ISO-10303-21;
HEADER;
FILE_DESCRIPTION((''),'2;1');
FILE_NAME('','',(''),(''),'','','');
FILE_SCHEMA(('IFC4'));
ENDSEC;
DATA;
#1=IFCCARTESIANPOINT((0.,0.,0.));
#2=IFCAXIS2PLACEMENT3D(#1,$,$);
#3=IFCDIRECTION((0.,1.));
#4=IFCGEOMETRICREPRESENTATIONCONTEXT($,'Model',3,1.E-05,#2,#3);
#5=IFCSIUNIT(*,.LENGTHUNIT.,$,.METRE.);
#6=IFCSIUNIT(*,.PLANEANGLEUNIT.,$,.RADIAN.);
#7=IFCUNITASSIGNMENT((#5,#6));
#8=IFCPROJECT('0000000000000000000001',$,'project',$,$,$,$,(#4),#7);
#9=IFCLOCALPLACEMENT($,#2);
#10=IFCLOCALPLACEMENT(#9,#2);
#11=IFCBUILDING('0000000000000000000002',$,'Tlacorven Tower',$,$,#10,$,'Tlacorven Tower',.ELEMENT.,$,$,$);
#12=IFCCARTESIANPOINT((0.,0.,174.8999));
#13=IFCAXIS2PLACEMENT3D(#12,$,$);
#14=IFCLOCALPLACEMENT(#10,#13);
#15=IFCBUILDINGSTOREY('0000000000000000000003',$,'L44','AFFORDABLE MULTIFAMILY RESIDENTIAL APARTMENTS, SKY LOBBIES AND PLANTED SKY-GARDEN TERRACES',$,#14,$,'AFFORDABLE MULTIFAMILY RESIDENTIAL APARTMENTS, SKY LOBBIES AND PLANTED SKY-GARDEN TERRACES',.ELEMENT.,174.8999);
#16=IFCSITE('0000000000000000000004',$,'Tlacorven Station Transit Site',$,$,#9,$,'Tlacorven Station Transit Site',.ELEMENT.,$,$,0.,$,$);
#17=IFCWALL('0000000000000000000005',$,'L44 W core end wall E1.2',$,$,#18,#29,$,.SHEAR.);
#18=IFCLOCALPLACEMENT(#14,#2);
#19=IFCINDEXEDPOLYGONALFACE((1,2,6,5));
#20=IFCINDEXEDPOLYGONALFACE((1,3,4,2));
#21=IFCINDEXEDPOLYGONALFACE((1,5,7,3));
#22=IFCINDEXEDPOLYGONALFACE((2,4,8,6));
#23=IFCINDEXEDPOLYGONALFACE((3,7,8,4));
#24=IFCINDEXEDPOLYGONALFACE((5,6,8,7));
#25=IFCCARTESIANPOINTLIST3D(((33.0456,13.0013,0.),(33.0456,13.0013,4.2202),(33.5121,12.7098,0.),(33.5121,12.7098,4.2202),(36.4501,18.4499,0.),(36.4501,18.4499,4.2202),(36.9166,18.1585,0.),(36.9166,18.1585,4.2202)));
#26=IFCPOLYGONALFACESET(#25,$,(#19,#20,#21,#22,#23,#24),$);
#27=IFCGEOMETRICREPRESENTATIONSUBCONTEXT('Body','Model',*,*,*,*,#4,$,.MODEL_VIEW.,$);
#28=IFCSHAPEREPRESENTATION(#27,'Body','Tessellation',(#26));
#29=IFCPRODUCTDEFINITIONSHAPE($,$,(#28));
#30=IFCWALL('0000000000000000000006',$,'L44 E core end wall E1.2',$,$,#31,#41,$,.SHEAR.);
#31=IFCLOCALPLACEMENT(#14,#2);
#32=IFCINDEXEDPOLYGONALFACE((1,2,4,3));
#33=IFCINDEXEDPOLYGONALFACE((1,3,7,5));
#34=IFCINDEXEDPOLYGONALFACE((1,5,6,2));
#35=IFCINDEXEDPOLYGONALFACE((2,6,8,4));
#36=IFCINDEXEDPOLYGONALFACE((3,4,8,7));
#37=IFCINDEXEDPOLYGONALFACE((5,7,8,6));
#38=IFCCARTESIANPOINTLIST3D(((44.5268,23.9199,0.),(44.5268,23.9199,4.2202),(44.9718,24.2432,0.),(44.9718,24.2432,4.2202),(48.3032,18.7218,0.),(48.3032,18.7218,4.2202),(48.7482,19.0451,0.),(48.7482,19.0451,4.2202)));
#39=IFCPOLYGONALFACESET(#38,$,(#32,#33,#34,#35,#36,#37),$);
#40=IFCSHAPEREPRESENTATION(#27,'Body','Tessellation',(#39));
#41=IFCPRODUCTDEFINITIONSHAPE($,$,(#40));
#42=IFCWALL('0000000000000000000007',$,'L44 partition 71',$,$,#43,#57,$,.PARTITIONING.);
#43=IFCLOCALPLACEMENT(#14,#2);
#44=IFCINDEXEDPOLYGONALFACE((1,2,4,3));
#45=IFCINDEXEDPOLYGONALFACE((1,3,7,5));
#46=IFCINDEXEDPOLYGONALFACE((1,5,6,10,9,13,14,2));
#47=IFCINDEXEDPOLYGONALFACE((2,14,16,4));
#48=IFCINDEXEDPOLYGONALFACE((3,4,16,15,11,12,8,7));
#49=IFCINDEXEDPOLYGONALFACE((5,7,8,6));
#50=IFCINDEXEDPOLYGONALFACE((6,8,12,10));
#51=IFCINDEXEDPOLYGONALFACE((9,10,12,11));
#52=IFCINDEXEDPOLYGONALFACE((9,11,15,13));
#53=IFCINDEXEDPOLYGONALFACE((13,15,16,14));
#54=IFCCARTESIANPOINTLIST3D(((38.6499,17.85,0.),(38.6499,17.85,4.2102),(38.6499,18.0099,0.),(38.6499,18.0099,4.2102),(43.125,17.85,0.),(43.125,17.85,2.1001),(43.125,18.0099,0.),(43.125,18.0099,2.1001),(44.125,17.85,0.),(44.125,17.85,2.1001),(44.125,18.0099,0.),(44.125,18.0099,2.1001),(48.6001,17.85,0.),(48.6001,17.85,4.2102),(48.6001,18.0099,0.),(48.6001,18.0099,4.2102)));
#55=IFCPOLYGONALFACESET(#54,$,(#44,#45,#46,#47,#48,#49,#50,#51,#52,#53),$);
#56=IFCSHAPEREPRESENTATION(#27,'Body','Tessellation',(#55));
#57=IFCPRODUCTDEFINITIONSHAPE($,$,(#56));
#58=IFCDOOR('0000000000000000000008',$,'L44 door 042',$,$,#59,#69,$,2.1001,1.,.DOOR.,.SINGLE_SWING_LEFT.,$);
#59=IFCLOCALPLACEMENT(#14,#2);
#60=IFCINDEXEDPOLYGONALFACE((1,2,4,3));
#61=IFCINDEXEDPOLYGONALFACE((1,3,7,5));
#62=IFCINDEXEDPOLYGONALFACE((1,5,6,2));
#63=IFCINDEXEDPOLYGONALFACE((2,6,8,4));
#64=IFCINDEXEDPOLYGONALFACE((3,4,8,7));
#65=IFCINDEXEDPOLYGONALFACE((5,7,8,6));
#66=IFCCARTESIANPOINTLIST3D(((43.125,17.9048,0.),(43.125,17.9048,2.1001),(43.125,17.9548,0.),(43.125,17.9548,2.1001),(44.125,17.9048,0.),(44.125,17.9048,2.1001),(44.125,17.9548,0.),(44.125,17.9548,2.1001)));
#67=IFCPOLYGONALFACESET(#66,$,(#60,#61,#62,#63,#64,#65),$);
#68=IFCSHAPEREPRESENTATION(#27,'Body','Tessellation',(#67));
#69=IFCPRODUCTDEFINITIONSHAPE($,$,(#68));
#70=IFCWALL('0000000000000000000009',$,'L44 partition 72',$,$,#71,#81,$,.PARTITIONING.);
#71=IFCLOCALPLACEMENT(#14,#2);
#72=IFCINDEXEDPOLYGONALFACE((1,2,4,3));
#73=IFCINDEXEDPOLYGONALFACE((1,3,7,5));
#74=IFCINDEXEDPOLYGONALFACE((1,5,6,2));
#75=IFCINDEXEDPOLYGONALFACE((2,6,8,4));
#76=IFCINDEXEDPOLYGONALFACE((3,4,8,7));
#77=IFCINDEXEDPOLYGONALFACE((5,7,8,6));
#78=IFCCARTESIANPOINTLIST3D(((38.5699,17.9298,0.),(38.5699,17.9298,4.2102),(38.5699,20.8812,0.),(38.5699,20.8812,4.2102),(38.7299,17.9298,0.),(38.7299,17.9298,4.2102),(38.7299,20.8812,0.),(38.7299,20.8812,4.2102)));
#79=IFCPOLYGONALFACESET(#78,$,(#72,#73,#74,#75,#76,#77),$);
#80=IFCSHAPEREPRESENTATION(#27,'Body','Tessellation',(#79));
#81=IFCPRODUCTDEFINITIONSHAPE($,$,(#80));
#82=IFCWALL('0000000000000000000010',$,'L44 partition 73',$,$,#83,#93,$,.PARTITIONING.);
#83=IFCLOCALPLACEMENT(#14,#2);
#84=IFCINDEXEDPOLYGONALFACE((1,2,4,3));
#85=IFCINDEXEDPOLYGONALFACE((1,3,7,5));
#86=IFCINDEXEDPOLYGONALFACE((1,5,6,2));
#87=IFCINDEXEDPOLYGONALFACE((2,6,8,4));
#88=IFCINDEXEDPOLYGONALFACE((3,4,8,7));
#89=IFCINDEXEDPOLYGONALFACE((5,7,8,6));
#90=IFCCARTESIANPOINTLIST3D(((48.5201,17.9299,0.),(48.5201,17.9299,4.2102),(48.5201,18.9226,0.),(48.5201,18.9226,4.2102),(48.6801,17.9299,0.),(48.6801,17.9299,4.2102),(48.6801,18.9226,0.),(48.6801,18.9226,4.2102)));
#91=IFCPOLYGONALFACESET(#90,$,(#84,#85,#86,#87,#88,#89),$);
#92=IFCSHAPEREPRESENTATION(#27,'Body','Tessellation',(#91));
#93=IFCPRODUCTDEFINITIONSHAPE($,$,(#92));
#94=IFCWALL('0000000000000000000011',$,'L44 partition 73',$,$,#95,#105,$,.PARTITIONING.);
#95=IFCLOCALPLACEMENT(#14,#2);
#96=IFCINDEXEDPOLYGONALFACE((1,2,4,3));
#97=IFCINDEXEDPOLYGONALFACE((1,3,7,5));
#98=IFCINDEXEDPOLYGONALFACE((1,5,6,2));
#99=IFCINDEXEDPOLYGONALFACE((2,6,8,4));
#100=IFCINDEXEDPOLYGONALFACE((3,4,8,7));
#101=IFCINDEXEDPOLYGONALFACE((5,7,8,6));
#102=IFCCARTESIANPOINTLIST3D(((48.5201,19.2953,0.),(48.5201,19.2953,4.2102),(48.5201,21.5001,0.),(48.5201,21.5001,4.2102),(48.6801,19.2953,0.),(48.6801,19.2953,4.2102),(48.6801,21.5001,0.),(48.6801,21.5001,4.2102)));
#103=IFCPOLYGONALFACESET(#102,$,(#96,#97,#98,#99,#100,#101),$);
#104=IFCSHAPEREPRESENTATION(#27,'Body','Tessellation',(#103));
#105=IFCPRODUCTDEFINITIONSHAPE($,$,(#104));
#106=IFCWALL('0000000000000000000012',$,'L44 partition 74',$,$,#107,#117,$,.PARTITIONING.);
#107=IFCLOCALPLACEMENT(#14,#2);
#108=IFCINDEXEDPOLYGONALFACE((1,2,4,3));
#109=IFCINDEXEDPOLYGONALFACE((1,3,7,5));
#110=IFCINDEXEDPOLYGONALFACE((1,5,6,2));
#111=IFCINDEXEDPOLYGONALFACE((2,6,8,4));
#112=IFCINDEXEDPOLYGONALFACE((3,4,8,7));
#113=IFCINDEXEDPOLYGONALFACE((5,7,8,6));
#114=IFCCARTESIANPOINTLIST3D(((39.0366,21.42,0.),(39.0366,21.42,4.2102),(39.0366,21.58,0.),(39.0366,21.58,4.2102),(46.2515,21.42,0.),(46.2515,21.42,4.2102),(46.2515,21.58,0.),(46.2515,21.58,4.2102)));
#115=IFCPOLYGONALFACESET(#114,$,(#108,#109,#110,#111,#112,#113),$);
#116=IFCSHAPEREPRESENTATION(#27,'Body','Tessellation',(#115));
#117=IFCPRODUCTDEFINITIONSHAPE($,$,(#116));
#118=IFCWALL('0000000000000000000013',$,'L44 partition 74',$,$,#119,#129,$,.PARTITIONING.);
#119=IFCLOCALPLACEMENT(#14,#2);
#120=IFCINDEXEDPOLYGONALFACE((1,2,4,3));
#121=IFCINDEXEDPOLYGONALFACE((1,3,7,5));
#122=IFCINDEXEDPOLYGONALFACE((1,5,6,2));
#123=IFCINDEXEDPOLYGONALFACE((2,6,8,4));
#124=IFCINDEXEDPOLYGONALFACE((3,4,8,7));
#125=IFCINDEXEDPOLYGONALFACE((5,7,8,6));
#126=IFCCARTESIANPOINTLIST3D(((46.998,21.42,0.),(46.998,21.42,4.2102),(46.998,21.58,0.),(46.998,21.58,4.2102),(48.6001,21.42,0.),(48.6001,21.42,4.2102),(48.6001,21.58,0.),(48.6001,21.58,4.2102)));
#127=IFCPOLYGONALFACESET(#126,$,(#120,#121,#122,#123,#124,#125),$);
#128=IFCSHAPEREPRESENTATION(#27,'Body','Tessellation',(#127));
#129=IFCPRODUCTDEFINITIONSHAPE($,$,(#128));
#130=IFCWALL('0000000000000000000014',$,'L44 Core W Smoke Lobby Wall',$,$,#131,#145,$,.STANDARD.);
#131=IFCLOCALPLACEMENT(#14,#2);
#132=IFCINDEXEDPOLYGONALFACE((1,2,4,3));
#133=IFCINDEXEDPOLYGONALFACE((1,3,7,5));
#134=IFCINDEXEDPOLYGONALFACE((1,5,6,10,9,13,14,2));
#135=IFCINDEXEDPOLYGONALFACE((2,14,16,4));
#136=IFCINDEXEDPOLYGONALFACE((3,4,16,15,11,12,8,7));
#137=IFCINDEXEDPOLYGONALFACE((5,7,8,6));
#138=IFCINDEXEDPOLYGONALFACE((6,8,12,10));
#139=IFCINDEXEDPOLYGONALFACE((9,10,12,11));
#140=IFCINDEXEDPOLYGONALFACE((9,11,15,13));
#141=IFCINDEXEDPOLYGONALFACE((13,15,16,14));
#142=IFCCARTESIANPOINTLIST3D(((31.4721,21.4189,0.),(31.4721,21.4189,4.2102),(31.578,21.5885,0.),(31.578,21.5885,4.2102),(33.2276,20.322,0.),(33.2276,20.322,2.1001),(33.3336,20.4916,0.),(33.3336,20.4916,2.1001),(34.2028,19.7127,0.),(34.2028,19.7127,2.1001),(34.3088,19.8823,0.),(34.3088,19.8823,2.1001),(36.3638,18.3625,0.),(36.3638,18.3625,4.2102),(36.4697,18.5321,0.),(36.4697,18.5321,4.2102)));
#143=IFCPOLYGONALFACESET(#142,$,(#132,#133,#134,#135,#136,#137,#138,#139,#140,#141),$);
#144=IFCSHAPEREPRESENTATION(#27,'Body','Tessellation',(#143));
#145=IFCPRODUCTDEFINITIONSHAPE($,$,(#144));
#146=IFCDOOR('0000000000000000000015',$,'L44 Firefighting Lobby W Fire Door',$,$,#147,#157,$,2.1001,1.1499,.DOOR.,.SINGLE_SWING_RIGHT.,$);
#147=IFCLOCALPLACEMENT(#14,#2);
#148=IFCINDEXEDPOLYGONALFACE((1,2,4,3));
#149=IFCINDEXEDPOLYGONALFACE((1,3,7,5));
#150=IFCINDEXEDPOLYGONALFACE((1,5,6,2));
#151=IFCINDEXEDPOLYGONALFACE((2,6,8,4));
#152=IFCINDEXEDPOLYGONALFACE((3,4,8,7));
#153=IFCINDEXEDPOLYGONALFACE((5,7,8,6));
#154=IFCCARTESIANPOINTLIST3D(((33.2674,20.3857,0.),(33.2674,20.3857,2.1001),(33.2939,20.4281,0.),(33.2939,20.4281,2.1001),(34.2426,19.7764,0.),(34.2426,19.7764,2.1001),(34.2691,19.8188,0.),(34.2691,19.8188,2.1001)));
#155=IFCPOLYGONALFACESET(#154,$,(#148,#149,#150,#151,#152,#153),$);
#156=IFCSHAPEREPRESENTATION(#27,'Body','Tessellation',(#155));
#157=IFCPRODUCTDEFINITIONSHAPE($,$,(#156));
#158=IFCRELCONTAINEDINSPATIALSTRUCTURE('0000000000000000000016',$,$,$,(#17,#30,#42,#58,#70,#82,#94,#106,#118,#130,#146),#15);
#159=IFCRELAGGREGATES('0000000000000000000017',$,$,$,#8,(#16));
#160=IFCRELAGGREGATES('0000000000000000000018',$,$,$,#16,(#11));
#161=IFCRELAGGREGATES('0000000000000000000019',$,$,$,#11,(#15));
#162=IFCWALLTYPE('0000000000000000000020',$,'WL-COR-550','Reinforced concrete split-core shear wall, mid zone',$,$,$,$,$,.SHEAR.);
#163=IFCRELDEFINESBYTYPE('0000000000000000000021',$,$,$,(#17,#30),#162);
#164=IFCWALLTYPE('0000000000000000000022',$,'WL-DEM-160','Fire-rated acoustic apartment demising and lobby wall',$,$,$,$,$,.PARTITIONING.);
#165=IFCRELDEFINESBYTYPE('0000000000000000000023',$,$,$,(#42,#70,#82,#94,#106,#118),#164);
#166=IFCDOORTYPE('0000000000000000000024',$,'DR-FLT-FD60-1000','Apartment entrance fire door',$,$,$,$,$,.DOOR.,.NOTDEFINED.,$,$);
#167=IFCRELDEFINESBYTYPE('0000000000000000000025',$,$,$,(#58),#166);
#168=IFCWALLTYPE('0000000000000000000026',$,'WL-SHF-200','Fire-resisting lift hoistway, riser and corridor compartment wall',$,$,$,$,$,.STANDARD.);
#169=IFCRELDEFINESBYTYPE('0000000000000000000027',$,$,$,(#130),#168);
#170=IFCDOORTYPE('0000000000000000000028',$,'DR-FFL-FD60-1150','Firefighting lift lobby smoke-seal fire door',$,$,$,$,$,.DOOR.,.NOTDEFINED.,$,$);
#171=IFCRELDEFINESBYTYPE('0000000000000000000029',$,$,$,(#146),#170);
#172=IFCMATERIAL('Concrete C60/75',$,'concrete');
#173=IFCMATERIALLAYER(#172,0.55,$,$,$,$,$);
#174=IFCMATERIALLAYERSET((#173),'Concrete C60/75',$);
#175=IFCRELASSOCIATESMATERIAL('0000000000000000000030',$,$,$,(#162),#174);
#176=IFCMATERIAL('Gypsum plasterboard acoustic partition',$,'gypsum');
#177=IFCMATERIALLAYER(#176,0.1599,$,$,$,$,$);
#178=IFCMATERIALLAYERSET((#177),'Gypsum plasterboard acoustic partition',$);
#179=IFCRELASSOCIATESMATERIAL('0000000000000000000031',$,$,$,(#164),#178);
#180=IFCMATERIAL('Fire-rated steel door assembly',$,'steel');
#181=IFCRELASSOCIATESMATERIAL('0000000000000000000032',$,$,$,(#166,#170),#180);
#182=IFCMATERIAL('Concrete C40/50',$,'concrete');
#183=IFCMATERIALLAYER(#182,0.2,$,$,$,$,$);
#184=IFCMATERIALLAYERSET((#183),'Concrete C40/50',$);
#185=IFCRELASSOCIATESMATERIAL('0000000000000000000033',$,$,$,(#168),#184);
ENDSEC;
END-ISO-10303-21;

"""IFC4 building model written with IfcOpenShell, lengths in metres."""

from ifc_helpers import new_model, si_unit, direction, frame, frame_2d, origin, place, context, subcontext, project, spatial, rectangle, extrude, source, transform, mapped, material, layer, layer_set, type_object, element, fill, save


model = new_model("IFC4")

# Units and contexts
model_context = context("Model", 3, precision=1e-05, world=origin(), true_north=direction((0.0, 1.0)))
body_context = subcontext(model_context, "Body", "Model", "MODEL_VIEW")
ifc_project = project(units=[si_unit("LENGTHUNIT", "METRE"), si_unit("PLANEANGLEUNIT", "RADIAN")], contexts=[model_context])

# Site, building, storey
site_placement = place(None, origin())
site = spatial("IfcSite", under=ifc_project, at=site_placement, Name="Tlacorven Station Transit Site", LongName="Tlacorven Station Transit Site", CompositionType="ELEMENT", RefElevation=0.0)
building_placement = place(site_placement, origin())
building = spatial("IfcBuilding", under=site, at=building_placement, Name="Tlacorven Tower", LongName="Tlacorven Tower", CompositionType="ELEMENT")
storey_placement = place(building_placement, frame((0.0, 0.0, 174.8999)))
storey = spatial("IfcBuildingStorey", under=building, at=storey_placement, Name="L44", Description="AFFORDABLE MULTIFAMILY RESIDENTIAL APARTMENTS, SKY LOBBIES AND PLANTED SKY-GARDEN TERRACES", LongName="AFFORDABLE MULTIFAMILY RESIDENTIAL APARTMENTS, SKY LOBBIES AND PLANTED SKY-GARDEN TERRACES", CompositionType="ELEMENT", Elevation=174.8999)

# Walls
ifc_material_1 = material(Name="Concrete C60/75", Category="concrete")
ifc_layer_1 = layer(ifc_material_1, 0.55)
ifc_layer_set_1 = layer_set([ifc_layer_1], Name="Concrete C60/75")
wall_type_1 = type_object("IfcWallType", Name="WL-COR-550", Description="Reinforced concrete split-core shear wall, mid zone", PredefinedType="SHEAR", material=ifc_layer_set_1)
wall_1_placement = place(storey_placement, frame((36.6833, 18.3042, 0.0), z_axis=(0.0, 0.0, 1.0), x_axis=(-0.529896, -0.848062, 0.0)))
element("IfcWall", 1, at=wall_1_placement, inside=storey, type_object=wall_type_1, Name="L44 W core end wall E1.2", PredefinedType="SHEAR", context=body_context, shape_type="SweptSolid", body=[
    extrude(rectangle(XDim=6.4248, YDim=0.55, at=frame_2d((3.2124, 0.0))), origin(), (0.0, 0.0, 1.0), 4.2202),
])
wall_2_placement = place(storey_placement, frame((48.5256, 18.8835, 0.0), z_axis=(0.0, 0.0, 1.0), x_axis=(-0.587765, 0.809032, 0.0)))
element("IfcWall", 2, at=wall_2_placement, inside=storey, type_object=wall_type_1, Name="L44 E core end wall E1.2", PredefinedType="SHEAR", context=body_context, shape_type="SweptSolid", body=[
    extrude(rectangle(XDim=6.425, YDim=0.55, at=frame_2d((3.2124, 0.0))), origin(), (0.0, 0.0, 1.0), 4.2202),
])

# Wall, opening, door
ifc_material_2 = material(Name="Gypsum plasterboard acoustic partition", Category="gypsum")
ifc_layer_2 = layer(ifc_material_2, 0.1599)
ifc_layer_set_2 = layer_set([ifc_layer_2], Name="Gypsum plasterboard acoustic partition")
wall_type_2 = type_object("IfcWallType", Name="WL-DEM-160", Description="Fire-rated acoustic apartment demising and lobby wall", PredefinedType="PARTITIONING", material=ifc_layer_set_2)
wall_3_placement = place(storey_placement, frame((38.6499, 17.9299, 0.0), z_axis=(0.0, 0.0, 1.0), x_axis=(1.0, 0.0, 0.0)))
wall_3 = element("IfcWall", 3, at=wall_3_placement, inside=storey, type_object=wall_type_2, Name="L44 partition 71", PredefinedType="PARTITIONING", context=body_context, shape_type="SweptSolid", body=[
    extrude(rectangle(XDim=9.9502, YDim=0.1599, at=frame_2d((4.9751, 0.0))), origin(), (0.0, 0.0, 1.0), 4.2102),
])
opening_1_placement = place(wall_3_placement, frame((4.4751, 0.0, 0.0)))
opening_1 = element("IfcOpeningElement", 4, at=opening_1_placement, cuts=wall_3, PredefinedType="OPENING", context=body_context, shape_type="SweptSolid", body=[
    extrude(rectangle(XDim=1.0, YDim=2.1001, at=frame_2d((0.5, 1.05))), frame((0.0, 0.0898, 0.0), z_axis=(0.0, -1.0, 0.0), x_axis=(1.0, 0.0, 0.0)), (0.0, 0.0, 1.0), 0.1799),
])
ifc_material_3 = material(Name="Fire-rated steel door assembly", Category="steel")
door_type_1 = type_object("IfcDoorType", Name="DR-FLT-FD60-1000", Description="Apartment entrance fire door", OperationType="NOTDEFINED", PredefinedType="DOOR", material=ifc_material_3)
shared_shape_1 = source(origin(), body_context, "Body", "SweptSolid", [
    extrude(rectangle(XDim=1.0, YDim=2.1001, at=frame_2d((0.5, 1.05))), frame((0.0, 0.0249, 0.0), z_axis=(0.0, -1.0, 0.0), x_axis=(1.0, 0.0, 0.0)), (0.0, 0.0, 1.0), 0.05),
])
door_1_placement = place(opening_1_placement, origin())
door_1 = element("IfcDoor", 5, at=door_1_placement, inside=storey, type_object=door_type_1, Name="L44 door 042", OperationType="SINGLE_SWING_LEFT", OverallHeight=2.1001, OverallWidth=1.0, PredefinedType="DOOR", context=body_context, shape_type="MappedRepresentation", body=[
    mapped(shared_shape_1, transform((0.0, 0.0, 0.0), scale=1.0)),
])
fill(opening_1, door_1)

# Walls
wall_4_placement = place(storey_placement, frame((38.6499, 17.9299, 0.0), z_axis=(0.0, 0.0, 1.0), x_axis=(0.0, 1.0, 0.0)))
element("IfcWall", 6, at=wall_4_placement, inside=storey, type_object=wall_type_2, Name="L44 partition 72", PredefinedType="PARTITIONING", context=body_context, shape_type="SweptSolid", body=[
    extrude(rectangle(XDim=2.9514, YDim=0.1599, at=frame_2d((1.4756, 0.0))), origin(), (0.0, 0.0, 1.0), 4.2102),
])
wall_5_placement = place(storey_placement, frame((48.6001, 17.9299, 0.0), z_axis=(0.0, 0.0, 1.0), x_axis=(0.0, 1.0, 0.0)))
element("IfcWall", 7, at=wall_5_placement, inside=storey, type_object=wall_type_2, Name="L44 partition 73", PredefinedType="PARTITIONING", context=body_context, shape_type="SweptSolid", body=[
    extrude(rectangle(XDim=0.9927, YDim=0.1599, at=frame_2d((0.4963, 0.0))), origin(), (0.0, 0.0, 1.0), 4.2102),
])
wall_6_placement = place(storey_placement, frame((48.6001, 19.2952, 0.0), z_axis=(0.0, 0.0, 1.0), x_axis=(0.0, 1.0, 0.0)))
element("IfcWall", 8, at=wall_6_placement, inside=storey, type_object=wall_type_2, Name="L44 partition 73", PredefinedType="PARTITIONING", context=body_context, shape_type="SweptSolid", body=[
    extrude(rectangle(XDim=2.2048, YDim=0.1599, at=frame_2d((1.1025, 0.0))), origin(), (0.0, 0.0, 1.0), 4.2102),
])
wall_7_placement = place(storey_placement, frame((39.0366, 21.5, 0.0), z_axis=(0.0, 0.0, 1.0), x_axis=(1.0, 0.0, 0.0)))
element("IfcWall", 9, at=wall_7_placement, inside=storey, type_object=wall_type_2, Name="L44 partition 74", PredefinedType="PARTITIONING", context=body_context, shape_type="SweptSolid", body=[
    extrude(rectangle(XDim=7.2148, YDim=0.1599, at=frame_2d((3.6074, 0.0))), origin(), (0.0, 0.0, 1.0), 4.2102),
])
wall_8_placement = place(storey_placement, frame((46.998, 21.5, 0.0), z_axis=(0.0, 0.0, 1.0), x_axis=(1.0, 0.0, 0.0)))
element("IfcWall", 10, at=wall_8_placement, inside=storey, type_object=wall_type_2, Name="L44 partition 74", PredefinedType="PARTITIONING", context=body_context, shape_type="SweptSolid", body=[
    extrude(rectangle(XDim=1.6021, YDim=0.1599, at=frame_2d((0.801, 0.0))), origin(), (0.0, 0.0, 1.0), 4.2102),
])

# Wall, opening, door
ifc_material_4 = material(Name="Concrete C40/50", Category="concrete")
ifc_layer_3 = layer(ifc_material_4, 0.2)
ifc_layer_set_3 = layer_set([ifc_layer_3], Name="Concrete C40/50")
wall_type_3 = type_object("IfcWallType", Name="WL-SHF-200", Description="Fire-resisting lift hoistway, riser and corridor compartment wall", PredefinedType="STANDARD", material=ifc_layer_set_3)
wall_9_placement = place(storey_placement, frame((36.4167, 18.4473, 0.0), z_axis=(0.0, 0.0, 1.0), x_axis=(-0.848065, 0.529892, 0.0)))
wall_9 = element("IfcWall", 11, at=wall_9_placement, inside=storey, type_object=wall_type_3, Name="L44 Core W Smoke Lobby Wall", PredefinedType="STANDARD", context=body_context, shape_type="SweptSolid", body=[
    extrude(rectangle(XDim=5.7681, YDim=0.2, at=frame_2d((2.884, 0.0))), origin(), (0.0, 0.0, 1.0), 4.2102),
])
opening_2_placement = place(wall_9_placement, frame((2.5481, 0.0, 0.0)))
opening_2 = element("IfcOpeningElement", 12, at=opening_2_placement, cuts=wall_9, PredefinedType="OPENING", context=body_context, shape_type="SweptSolid", body=[
    extrude(rectangle(XDim=1.1499, YDim=2.1001, at=frame_2d((0.575, 1.05))), frame((0.0, 0.1099, 0.0), z_axis=(0.0, -1.0, 0.0), x_axis=(1.0, 0.0, 0.0)), (0.0, 0.0, 1.0), 0.22),
])
door_type_2 = type_object("IfcDoorType", Name="DR-FFL-FD60-1150", Description="Firefighting lift lobby smoke-seal fire door", OperationType="NOTDEFINED", PredefinedType="DOOR", material=ifc_material_3)
shared_shape_2 = source(origin(), body_context, "Body", "SweptSolid", [
    extrude(rectangle(XDim=1.1499, YDim=2.1001, at=frame_2d((0.575, 1.05))), frame((0.0, 0.0249, 0.0), z_axis=(0.0, -1.0, 0.0), x_axis=(1.0, 0.0, 0.0)), (0.0, 0.0, 1.0), 0.05),
])
door_2_placement = place(opening_2_placement, origin())
door_2 = element("IfcDoor", 13, at=door_2_placement, inside=storey, type_object=door_type_2, Name="L44 Firefighting Lobby W Fire Door", OperationType="SINGLE_SWING_RIGHT", OverallHeight=2.1001, OverallWidth=1.1499, PredefinedType="DOOR", context=body_context, shape_type="MappedRepresentation", body=[
    mapped(shared_shape_2, transform((0.0, 0.0, 0.0), scale=1.0)),
])
fill(opening_2, door_2)

save(model, "model.ifc")
